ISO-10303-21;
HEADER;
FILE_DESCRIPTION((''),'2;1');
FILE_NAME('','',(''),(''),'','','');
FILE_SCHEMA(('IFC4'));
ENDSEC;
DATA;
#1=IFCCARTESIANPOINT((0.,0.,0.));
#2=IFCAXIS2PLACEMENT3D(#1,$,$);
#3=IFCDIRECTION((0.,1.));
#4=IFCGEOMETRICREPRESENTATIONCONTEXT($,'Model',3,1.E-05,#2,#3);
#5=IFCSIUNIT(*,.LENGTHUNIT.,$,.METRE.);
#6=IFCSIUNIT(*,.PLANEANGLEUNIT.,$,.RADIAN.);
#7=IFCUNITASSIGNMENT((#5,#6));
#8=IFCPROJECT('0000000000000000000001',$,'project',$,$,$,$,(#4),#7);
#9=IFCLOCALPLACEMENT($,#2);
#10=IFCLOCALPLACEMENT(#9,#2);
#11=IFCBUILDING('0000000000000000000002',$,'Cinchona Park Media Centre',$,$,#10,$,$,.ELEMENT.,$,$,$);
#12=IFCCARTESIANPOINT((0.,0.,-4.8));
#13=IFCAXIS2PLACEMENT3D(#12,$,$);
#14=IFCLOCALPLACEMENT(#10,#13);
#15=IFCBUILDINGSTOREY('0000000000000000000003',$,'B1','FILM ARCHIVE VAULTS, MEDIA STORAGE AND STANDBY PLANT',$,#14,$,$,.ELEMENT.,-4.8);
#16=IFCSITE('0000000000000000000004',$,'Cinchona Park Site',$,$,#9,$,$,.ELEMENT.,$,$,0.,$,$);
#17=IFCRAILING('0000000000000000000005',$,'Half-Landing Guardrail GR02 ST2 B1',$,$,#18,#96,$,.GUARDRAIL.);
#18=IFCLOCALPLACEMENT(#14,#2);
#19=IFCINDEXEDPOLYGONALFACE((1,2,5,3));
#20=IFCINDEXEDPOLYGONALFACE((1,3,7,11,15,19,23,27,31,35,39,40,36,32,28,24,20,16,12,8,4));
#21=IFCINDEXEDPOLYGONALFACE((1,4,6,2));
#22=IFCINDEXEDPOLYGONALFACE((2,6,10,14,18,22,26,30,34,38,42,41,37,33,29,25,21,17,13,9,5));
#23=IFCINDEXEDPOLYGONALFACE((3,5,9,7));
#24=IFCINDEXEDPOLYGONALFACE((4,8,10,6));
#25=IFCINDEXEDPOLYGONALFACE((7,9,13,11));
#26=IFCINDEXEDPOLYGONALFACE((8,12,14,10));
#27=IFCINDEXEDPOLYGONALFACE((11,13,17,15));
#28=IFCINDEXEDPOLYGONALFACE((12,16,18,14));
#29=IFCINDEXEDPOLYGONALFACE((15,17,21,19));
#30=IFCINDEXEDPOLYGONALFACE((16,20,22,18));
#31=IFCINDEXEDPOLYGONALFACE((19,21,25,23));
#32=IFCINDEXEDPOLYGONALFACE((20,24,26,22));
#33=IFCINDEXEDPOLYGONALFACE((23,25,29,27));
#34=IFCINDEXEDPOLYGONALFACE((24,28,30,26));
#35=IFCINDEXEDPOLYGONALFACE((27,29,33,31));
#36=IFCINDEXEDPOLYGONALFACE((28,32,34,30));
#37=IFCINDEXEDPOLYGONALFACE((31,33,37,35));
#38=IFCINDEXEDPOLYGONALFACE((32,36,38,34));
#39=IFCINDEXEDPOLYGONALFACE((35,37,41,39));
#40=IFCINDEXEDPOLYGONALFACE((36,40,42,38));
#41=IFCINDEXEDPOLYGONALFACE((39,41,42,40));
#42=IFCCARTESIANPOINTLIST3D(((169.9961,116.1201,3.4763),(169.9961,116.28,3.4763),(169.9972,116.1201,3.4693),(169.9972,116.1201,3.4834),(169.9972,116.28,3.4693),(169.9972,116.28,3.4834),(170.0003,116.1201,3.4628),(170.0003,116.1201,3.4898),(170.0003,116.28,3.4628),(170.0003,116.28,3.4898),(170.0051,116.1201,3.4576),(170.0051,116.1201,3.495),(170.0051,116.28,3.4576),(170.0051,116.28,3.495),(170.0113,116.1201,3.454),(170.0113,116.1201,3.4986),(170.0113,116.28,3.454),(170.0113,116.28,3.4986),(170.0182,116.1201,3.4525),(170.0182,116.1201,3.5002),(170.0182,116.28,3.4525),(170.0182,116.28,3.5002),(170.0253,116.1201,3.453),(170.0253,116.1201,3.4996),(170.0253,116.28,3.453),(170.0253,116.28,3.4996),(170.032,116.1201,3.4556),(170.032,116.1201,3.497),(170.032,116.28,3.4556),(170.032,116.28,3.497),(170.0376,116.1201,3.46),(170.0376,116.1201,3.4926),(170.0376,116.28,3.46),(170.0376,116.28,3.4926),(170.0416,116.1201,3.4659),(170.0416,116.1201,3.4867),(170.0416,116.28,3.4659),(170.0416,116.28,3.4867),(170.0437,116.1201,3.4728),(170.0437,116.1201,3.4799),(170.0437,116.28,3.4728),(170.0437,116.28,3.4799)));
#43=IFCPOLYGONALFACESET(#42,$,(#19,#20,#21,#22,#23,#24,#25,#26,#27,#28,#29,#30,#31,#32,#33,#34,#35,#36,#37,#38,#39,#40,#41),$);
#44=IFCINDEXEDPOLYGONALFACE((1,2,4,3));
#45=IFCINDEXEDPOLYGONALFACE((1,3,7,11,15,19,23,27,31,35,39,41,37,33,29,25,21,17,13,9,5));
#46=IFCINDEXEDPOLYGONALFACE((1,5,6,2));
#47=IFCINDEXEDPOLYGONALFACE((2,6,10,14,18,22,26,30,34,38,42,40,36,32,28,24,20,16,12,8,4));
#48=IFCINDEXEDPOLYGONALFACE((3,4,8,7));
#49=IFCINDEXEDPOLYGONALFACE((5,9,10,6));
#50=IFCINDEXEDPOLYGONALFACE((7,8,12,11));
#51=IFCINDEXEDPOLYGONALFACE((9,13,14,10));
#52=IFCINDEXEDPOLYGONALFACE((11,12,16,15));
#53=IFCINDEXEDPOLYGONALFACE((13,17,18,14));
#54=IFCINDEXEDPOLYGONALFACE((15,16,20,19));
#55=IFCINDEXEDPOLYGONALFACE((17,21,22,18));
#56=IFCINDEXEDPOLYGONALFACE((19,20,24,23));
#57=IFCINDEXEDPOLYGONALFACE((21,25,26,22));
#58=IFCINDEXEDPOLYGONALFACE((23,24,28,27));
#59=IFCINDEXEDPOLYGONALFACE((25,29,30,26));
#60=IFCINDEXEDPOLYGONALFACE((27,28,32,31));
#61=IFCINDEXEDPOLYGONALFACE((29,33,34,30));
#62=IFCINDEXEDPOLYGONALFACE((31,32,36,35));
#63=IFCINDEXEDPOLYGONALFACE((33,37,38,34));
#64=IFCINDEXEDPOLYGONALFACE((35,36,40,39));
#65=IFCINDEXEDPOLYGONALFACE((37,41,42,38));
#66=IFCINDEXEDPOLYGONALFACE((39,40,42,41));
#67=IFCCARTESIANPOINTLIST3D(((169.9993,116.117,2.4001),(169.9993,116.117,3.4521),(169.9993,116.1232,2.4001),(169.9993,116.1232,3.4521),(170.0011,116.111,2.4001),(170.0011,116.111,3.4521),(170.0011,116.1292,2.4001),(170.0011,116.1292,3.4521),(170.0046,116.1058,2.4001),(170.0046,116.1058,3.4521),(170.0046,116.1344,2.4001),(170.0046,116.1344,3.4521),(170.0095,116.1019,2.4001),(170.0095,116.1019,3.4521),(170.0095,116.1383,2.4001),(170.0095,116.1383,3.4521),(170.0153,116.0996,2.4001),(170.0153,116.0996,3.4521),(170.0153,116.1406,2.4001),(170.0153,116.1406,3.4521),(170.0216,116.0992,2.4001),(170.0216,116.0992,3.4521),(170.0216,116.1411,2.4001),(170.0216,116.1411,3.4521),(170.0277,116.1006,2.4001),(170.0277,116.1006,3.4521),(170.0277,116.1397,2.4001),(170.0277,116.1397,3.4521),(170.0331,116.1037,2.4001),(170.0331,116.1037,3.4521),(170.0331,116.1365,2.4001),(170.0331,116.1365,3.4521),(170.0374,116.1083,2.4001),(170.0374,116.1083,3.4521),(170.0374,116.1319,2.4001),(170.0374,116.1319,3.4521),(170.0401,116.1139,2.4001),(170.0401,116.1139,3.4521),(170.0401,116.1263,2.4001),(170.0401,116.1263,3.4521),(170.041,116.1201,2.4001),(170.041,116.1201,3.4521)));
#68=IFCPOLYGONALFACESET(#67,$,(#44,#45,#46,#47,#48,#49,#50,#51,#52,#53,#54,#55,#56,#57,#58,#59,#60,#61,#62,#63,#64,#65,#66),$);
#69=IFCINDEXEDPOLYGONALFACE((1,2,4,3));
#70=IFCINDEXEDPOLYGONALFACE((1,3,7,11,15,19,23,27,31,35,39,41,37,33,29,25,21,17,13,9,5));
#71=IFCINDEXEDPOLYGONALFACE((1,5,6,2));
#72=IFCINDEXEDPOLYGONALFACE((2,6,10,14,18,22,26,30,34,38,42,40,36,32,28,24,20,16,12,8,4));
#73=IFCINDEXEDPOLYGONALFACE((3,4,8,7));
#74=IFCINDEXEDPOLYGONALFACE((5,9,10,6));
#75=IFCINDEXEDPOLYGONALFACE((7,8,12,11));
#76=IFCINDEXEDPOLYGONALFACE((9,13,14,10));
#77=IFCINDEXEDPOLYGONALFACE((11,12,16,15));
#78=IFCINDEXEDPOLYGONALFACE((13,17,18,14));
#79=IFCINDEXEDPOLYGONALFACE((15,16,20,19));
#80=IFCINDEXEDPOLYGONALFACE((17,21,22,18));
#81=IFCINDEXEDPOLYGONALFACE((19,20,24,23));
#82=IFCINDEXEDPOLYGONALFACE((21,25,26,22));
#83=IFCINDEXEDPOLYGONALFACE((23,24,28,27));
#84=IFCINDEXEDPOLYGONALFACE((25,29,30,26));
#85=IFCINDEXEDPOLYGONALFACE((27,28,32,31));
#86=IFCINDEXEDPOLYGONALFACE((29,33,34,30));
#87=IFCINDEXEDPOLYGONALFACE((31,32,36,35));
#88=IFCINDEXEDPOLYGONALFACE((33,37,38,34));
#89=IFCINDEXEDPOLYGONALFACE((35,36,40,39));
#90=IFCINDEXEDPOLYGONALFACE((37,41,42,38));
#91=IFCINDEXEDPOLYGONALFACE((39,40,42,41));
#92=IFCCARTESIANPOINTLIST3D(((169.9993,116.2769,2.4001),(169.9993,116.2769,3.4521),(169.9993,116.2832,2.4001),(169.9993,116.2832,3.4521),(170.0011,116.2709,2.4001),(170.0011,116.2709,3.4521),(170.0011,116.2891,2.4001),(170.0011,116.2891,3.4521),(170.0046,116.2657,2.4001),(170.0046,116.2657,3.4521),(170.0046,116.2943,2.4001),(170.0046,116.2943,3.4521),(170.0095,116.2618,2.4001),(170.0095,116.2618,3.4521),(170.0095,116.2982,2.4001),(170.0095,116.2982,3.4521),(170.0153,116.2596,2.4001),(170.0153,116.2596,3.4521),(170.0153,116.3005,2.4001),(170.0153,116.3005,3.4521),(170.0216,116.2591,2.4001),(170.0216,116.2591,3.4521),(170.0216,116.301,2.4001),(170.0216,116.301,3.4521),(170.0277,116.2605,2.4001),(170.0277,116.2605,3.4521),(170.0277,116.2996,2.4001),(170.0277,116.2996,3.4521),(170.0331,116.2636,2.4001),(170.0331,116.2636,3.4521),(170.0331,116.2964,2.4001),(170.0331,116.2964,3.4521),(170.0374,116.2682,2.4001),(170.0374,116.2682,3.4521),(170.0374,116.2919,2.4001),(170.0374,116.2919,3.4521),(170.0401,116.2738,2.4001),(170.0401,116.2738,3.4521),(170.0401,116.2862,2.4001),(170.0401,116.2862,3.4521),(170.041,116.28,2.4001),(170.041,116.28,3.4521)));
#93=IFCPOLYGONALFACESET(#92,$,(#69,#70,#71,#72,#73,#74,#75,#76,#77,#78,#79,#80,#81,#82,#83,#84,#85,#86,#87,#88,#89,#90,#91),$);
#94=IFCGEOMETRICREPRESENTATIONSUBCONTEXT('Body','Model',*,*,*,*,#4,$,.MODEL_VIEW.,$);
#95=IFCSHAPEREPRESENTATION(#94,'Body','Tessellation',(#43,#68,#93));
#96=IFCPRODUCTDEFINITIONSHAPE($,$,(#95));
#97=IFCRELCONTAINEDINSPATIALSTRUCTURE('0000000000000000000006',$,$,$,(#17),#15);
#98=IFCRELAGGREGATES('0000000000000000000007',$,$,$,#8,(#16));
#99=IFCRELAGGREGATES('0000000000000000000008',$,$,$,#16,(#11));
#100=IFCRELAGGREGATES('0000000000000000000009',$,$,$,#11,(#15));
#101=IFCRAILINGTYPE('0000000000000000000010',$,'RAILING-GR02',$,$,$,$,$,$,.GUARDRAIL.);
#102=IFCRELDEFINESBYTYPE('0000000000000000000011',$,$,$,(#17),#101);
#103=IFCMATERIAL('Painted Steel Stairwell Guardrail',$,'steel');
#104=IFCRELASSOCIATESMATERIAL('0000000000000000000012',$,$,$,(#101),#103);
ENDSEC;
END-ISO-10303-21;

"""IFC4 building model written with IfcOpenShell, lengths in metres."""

from ifc_helpers import new_model, si_unit, direction, frame, origin, origin_2d, place, context, subcontext, project, spatial, circle, extrude, material, type_object, element, save


model = new_model("IFC4")

# Units and contexts
model_context = context("Model", 3, precision=1e-05, world=origin(), true_north=direction((0.0, 1.0)))
body_context = subcontext(model_context, "Body", "Model", "MODEL_VIEW")
ifc_project = project(units=[si_unit("LENGTHUNIT", "METRE"), si_unit("PLANEANGLEUNIT", "RADIAN")], contexts=[model_context])

# Site, building, storey
site_placement = place(None, origin())
site = spatial("IfcSite", under=ifc_project, at=site_placement, Name="Cinchona Park Site", CompositionType="ELEMENT", RefElevation=0.0)
building_placement = place(site_placement, origin())
building = spatial("IfcBuilding", under=site, at=building_placement, Name="Cinchona Park Media Centre", CompositionType="ELEMENT")
storey_placement = place(building_placement, frame((0.0, 0.0, -4.8)))
storey = spatial("IfcBuildingStorey", under=building, at=storey_placement, Name="B1", Description="FILM ARCHIVE VAULTS, MEDIA STORAGE AND STANDBY PLANT", CompositionType="ELEMENT", Elevation=-4.8)

# Railing
ifc_material_1 = material(Name="Painted Steel Stairwell Guardrail", Category="steel")
railing_type_1 = type_object("IfcRailingType", Name="RAILING-GR02", PredefinedType="GUARDRAIL", material=ifc_material_1)
railing_1_placement = place(storey_placement, frame((170.02, 116.1201, 2.4001)))
element("IfcRailing", 1, at=railing_1_placement, inside=storey, type_object=railing_type_1, Name="Half-Landing Guardrail GR02 ST2 B1", PredefinedType="GUARDRAIL", context=body_context, shape_type="SweptSolid", body=[
    extrude(circle(Radius=0.0239, at=origin_2d()), frame((0.0, 0.0, 1.0762), z_axis=(0.0, 1.0, 0.0), x_axis=(-1.0, 0.0, 0.0)), (0.0, 0.0, 1.0), 0.1599),
    extrude(circle(Radius=0.021, at=origin_2d()), origin(), (0.0, 0.0, 1.0), 1.052),
    extrude(circle(Radius=0.021, at=origin_2d()), frame((0.0, 0.1599, 0.0)), (0.0, 0.0, 1.0), 1.052),
])

save(model, "model.ifc")
